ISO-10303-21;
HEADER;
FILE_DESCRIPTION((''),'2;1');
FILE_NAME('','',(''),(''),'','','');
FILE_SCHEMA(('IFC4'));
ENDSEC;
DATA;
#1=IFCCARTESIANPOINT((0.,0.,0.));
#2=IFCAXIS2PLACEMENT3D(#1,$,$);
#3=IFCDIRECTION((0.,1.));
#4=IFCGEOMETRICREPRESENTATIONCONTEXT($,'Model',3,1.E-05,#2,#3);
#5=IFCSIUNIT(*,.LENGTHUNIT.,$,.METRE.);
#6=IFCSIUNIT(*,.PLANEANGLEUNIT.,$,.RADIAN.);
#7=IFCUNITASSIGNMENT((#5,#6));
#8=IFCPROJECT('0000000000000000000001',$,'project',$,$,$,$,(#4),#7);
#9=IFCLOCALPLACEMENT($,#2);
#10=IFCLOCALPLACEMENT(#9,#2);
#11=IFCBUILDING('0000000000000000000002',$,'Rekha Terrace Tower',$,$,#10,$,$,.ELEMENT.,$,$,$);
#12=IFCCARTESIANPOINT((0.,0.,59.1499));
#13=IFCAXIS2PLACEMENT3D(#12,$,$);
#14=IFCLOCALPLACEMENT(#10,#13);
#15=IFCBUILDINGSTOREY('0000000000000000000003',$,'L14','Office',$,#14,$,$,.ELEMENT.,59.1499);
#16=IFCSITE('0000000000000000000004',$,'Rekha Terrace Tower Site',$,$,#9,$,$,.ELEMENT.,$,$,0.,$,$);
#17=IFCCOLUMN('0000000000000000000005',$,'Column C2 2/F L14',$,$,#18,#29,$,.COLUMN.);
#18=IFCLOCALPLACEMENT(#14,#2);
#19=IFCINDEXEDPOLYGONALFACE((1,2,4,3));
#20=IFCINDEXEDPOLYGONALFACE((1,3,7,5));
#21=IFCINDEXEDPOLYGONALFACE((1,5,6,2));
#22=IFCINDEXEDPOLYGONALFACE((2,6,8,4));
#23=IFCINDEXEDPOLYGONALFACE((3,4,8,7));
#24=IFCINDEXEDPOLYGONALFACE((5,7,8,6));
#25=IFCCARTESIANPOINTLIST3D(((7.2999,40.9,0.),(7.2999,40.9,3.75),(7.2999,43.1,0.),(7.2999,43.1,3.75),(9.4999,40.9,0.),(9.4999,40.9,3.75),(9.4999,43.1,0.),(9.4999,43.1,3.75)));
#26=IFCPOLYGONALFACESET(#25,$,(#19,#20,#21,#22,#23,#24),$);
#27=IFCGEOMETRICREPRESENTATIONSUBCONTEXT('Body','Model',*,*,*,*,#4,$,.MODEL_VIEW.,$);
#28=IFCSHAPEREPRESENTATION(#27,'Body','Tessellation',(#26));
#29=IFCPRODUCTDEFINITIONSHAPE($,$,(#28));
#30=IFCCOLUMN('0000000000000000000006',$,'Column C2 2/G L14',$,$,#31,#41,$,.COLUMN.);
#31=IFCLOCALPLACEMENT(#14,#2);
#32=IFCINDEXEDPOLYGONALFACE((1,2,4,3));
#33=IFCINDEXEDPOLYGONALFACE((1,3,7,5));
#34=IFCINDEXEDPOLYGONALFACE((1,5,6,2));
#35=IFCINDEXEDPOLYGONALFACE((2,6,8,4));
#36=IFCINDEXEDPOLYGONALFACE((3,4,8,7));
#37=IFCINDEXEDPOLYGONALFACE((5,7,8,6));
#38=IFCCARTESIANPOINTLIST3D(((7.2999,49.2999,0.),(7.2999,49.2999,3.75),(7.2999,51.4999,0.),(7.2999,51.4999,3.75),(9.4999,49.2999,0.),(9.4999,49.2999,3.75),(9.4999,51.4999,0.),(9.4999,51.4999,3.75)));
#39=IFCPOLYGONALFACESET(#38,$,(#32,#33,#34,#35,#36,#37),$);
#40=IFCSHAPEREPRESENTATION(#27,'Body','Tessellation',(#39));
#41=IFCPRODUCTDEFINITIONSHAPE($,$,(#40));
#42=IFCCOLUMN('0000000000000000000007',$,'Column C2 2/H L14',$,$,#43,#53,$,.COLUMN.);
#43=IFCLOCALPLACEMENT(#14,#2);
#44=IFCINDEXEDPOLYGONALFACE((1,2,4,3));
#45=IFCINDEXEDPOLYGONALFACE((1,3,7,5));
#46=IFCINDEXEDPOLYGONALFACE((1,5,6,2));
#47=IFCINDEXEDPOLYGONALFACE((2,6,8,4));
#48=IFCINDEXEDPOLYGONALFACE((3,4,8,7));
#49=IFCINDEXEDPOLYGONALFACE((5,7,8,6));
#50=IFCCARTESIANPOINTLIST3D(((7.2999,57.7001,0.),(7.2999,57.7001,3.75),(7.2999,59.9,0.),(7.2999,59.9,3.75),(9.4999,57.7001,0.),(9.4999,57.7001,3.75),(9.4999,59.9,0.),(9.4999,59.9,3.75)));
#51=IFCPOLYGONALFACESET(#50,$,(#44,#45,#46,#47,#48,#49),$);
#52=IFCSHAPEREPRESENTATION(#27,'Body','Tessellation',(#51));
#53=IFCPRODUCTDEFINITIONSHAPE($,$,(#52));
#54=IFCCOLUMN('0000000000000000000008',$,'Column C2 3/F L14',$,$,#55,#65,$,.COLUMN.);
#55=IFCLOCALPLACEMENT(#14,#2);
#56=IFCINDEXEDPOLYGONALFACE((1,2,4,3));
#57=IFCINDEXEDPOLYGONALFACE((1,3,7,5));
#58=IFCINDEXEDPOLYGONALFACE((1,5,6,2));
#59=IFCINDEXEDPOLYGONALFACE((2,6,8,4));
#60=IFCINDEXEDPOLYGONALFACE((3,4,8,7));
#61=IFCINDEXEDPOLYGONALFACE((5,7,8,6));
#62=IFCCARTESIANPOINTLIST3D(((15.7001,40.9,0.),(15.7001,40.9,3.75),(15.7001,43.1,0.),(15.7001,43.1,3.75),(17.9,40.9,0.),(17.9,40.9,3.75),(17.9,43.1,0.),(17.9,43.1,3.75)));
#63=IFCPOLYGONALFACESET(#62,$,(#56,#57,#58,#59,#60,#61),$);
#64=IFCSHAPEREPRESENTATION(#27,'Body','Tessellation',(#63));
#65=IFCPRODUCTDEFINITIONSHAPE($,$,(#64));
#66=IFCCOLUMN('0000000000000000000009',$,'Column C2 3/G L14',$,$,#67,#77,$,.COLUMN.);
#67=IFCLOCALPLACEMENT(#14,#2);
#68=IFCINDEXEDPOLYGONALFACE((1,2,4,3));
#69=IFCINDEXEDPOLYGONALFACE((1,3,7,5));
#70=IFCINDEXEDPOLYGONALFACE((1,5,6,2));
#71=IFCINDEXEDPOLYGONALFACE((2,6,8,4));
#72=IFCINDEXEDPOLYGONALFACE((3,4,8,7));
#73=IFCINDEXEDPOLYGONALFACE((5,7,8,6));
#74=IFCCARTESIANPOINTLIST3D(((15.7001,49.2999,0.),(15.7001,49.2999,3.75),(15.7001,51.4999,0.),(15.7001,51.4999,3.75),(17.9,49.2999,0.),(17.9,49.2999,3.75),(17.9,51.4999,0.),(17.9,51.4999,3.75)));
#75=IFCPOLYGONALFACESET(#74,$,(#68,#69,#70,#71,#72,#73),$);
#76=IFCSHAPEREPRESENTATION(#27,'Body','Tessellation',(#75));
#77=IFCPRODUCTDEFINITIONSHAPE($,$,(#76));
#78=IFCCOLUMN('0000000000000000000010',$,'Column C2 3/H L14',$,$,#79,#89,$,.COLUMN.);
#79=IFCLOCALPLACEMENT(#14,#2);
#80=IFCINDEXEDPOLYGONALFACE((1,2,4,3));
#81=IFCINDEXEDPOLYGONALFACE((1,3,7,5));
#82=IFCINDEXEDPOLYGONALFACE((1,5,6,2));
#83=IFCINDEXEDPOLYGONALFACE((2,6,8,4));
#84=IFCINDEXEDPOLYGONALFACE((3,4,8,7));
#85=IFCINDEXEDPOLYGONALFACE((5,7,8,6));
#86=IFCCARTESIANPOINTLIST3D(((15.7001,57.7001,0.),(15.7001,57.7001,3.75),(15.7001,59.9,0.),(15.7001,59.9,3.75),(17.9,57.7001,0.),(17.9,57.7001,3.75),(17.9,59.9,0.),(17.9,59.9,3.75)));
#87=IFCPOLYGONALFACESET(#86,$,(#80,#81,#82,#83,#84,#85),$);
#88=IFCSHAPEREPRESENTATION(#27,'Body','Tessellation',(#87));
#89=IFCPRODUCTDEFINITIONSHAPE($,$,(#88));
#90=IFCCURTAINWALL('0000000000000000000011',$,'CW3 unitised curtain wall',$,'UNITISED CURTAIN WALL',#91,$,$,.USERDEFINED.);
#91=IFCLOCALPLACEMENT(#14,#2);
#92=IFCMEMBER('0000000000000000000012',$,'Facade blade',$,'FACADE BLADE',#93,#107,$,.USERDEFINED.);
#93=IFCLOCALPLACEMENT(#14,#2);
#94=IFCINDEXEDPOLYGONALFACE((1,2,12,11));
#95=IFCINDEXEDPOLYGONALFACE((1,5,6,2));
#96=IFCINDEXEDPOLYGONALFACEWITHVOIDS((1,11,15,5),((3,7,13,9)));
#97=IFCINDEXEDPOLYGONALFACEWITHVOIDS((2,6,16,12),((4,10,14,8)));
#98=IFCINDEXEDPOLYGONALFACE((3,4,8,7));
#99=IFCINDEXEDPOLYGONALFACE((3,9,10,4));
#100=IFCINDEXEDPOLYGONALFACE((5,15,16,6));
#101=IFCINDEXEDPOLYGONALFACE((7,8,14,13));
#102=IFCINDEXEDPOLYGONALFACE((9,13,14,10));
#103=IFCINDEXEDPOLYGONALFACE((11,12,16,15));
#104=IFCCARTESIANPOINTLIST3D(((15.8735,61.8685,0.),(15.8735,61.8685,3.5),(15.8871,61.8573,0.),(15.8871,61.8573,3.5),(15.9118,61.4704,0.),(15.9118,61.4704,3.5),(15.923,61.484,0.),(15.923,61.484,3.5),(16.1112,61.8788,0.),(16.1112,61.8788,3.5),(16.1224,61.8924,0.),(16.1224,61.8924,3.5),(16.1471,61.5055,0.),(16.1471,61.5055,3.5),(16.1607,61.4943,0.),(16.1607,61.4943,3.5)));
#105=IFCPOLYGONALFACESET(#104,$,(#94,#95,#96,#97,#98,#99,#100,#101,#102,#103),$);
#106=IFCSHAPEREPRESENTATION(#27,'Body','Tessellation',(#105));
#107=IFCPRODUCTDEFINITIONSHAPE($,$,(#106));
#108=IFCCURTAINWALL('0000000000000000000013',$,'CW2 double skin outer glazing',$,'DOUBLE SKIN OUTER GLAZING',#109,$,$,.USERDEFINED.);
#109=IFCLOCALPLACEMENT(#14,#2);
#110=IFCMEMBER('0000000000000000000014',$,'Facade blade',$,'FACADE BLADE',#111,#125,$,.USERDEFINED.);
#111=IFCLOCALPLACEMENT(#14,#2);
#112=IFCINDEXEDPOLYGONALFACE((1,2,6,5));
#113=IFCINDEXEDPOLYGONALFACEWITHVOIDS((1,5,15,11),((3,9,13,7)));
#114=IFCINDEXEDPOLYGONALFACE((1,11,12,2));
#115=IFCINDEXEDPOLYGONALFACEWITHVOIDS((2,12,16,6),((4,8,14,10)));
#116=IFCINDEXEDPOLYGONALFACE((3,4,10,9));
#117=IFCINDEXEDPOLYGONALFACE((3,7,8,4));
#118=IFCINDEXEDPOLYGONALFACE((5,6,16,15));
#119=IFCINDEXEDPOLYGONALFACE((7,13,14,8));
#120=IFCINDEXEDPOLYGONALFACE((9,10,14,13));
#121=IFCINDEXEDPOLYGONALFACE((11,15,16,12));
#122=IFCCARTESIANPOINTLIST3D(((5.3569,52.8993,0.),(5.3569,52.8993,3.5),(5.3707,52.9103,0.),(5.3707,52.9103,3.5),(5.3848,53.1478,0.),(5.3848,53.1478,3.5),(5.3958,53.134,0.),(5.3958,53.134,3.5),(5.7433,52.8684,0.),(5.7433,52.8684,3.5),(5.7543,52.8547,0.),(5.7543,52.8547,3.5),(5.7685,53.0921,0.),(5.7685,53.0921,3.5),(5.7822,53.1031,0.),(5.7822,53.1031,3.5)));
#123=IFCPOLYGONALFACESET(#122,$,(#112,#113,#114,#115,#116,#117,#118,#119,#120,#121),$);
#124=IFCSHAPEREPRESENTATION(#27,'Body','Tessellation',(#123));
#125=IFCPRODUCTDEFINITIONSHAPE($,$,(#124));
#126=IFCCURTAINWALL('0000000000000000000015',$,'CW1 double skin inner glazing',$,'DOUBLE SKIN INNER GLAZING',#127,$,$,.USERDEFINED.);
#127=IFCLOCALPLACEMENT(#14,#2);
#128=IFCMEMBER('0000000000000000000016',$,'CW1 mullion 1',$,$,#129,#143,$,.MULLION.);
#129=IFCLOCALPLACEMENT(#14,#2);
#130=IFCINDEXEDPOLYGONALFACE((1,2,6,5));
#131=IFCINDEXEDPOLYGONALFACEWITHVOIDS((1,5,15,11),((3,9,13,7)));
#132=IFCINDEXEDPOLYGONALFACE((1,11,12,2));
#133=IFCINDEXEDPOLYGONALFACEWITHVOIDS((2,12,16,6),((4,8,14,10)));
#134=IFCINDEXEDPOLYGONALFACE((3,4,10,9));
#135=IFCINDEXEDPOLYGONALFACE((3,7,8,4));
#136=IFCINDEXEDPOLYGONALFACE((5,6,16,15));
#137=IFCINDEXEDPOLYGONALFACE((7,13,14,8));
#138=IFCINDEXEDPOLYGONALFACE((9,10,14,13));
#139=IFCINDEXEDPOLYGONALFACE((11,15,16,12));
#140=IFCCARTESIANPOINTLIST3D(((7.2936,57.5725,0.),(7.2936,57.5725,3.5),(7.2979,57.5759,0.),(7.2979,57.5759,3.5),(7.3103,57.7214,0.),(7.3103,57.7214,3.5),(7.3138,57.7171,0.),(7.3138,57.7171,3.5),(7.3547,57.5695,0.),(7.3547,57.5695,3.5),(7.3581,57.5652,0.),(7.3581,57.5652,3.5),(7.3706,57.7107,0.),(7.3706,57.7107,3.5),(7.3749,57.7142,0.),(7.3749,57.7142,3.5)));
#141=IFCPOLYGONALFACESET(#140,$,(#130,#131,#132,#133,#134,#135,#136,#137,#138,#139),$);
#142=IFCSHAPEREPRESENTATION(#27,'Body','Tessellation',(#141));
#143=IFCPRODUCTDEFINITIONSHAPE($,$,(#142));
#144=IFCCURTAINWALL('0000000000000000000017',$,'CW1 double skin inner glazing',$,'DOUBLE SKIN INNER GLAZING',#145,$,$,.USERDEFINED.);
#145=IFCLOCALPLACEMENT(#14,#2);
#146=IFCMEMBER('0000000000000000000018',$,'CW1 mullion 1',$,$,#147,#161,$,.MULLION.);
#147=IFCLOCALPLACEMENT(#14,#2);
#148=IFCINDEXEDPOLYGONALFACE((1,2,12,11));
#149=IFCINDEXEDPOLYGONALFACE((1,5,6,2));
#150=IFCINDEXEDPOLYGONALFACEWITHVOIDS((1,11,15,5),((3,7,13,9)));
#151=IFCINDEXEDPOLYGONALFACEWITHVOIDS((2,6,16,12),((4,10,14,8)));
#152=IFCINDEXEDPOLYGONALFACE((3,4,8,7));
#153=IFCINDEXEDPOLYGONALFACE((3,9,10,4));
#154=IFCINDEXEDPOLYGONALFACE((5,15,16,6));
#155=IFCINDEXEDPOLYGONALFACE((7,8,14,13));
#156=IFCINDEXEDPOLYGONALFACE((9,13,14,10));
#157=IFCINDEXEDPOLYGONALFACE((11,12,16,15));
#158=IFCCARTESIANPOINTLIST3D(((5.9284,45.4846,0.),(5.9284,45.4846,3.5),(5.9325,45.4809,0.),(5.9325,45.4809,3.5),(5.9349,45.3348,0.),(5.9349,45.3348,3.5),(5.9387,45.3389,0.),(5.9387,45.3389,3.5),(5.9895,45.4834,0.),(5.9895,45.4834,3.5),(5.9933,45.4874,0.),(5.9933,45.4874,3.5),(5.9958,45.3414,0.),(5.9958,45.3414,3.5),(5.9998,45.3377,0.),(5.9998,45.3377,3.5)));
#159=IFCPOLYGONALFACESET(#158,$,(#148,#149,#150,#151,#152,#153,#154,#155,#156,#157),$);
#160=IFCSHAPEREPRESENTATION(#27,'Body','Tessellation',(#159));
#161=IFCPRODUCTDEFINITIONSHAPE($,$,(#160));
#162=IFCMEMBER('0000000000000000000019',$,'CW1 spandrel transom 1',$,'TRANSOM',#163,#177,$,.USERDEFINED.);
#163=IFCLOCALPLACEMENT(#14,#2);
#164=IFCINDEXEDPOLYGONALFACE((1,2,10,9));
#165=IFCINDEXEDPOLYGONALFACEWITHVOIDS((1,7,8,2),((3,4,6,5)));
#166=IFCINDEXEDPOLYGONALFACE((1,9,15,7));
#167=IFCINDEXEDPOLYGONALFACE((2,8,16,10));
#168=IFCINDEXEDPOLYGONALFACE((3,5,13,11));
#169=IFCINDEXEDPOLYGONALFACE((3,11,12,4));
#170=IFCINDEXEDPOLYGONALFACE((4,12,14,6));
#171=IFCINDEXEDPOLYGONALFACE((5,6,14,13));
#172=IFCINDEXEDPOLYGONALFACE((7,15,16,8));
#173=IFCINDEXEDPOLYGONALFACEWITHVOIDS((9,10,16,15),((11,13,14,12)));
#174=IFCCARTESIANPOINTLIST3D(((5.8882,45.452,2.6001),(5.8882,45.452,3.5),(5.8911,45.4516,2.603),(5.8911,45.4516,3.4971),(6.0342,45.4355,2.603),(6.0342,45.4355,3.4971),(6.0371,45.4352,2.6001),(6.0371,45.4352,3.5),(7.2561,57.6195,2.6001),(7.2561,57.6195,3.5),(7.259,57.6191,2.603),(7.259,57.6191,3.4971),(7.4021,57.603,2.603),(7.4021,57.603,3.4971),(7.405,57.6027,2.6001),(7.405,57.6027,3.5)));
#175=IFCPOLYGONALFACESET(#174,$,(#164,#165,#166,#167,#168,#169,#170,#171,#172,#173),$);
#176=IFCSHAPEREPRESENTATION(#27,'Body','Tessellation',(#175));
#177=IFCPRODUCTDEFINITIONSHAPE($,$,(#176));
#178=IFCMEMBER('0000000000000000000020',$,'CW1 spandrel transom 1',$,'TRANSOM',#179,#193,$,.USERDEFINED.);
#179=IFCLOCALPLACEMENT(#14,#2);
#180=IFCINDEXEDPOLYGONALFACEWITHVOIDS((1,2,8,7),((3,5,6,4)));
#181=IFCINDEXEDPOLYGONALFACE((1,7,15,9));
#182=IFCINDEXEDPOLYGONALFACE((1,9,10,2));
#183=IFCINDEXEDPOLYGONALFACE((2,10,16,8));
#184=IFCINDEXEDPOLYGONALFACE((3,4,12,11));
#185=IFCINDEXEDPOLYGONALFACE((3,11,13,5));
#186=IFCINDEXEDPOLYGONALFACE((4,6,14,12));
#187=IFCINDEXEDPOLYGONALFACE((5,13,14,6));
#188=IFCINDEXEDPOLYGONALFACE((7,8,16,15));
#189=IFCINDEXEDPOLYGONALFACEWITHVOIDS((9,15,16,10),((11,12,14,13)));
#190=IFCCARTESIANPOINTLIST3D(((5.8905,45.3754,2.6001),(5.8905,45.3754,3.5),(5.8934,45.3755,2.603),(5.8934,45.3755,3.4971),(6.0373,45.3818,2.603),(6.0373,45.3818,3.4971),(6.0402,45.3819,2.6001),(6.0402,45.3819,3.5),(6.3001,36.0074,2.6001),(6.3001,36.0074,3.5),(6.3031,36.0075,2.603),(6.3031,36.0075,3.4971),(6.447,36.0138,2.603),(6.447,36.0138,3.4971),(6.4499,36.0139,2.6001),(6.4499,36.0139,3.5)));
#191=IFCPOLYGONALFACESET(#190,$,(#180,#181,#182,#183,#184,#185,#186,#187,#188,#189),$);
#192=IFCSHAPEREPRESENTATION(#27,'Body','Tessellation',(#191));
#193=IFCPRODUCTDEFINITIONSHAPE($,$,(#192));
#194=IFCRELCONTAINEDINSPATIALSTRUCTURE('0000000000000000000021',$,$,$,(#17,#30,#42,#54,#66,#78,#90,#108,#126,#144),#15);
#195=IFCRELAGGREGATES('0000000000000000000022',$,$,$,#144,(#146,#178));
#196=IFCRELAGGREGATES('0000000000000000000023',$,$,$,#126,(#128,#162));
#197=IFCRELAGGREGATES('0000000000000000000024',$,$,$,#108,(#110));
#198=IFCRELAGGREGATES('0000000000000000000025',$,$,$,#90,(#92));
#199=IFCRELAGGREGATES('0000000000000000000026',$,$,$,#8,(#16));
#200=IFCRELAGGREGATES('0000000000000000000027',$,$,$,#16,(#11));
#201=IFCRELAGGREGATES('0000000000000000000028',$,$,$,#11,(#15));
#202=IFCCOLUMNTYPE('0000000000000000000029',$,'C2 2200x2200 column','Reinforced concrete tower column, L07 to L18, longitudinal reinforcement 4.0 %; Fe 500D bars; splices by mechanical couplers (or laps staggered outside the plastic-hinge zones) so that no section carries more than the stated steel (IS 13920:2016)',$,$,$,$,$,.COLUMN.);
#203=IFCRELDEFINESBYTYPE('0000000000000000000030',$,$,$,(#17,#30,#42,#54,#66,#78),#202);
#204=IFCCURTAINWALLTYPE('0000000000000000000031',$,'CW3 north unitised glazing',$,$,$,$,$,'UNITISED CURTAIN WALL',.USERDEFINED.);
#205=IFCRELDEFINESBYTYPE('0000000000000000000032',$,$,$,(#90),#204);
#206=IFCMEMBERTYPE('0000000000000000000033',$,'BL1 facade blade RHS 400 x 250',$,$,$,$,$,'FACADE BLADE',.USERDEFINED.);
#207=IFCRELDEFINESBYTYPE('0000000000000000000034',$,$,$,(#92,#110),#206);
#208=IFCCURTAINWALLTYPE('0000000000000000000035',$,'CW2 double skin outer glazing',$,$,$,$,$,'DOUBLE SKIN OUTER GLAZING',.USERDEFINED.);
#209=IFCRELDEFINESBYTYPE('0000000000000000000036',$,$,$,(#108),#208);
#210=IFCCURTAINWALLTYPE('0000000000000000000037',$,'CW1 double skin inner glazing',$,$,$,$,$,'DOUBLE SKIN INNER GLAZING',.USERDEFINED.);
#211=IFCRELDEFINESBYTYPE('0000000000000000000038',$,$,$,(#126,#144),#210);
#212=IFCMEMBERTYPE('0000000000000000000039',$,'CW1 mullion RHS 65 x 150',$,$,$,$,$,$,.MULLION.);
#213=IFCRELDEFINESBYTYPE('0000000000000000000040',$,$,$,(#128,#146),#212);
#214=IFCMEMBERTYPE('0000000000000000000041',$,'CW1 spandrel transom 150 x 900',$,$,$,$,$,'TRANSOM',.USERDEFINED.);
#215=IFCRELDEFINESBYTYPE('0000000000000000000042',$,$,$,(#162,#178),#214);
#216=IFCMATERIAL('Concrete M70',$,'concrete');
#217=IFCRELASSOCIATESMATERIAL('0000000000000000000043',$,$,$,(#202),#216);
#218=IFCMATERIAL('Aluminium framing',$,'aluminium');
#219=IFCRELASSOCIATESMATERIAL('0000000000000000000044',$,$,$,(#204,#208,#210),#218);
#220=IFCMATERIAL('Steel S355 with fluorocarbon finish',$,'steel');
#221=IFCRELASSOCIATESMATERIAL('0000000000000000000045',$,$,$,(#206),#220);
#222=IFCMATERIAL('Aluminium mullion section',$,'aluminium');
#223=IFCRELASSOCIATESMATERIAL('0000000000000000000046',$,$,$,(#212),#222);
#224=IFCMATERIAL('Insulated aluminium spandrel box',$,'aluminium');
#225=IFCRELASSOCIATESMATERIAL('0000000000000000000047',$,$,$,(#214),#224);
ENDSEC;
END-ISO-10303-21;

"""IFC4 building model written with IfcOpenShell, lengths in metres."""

from ifc_helpers import new_model, si_unit, direction, frame, origin, origin_2d, place, context, subcontext, project, spatial, rectangle, hollow_rectangle, extrude, material, material_profile, profile_set, type_object, element, aggregate, save


model = new_model("IFC4")

# Units and contexts
model_context = context("Model", 3, precision=1e-05, world=origin(), true_north=direction((0.0, 1.0)))
body_context = subcontext(model_context, "Body", "Model", "MODEL_VIEW")
ifc_project = project(units=[si_unit("LENGTHUNIT", "METRE"), si_unit("PLANEANGLEUNIT", "RADIAN")], contexts=[model_context])

# Site, building, storey
site_placement = place(None, origin())
site = spatial("IfcSite", under=ifc_project, at=site_placement, Name="Rekha Terrace Tower Site", CompositionType="ELEMENT", RefElevation=0.0)
building_placement = place(site_placement, origin())
building = spatial("IfcBuilding", under=site, at=building_placement, Name="Rekha Terrace Tower", CompositionType="ELEMENT")
storey_placement = place(building_placement, frame((0.0, 0.0, 59.1499)))
storey = spatial("IfcBuildingStorey", under=building, at=storey_placement, Name="L14", Description="Office", CompositionType="ELEMENT", Elevation=59.1499)

# Columns
ifc_material_1 = material(Name="Concrete M70", Category="concrete")
ifc_material_profile_1 = material_profile(ifc_material_1, rectangle(XDim=2.2, YDim=2.2, at=origin_2d()), Name="RC 2200x2200")
ifc_profile_set_1 = profile_set([ifc_material_profile_1], Name="Concrete M70")
column_type = type_object("IfcColumnType", Name="C2 2200x2200 column", Description="Reinforced concrete tower column, L07 to L18, longitudinal reinforcement 4.0 %; Fe 500D bars; splices by mechanical couplers (or laps staggered outside the plastic-hinge zones) so that no section carries more than the stated steel (IS 13920:2016)", PredefinedType="COLUMN", material=ifc_profile_set_1)
for number, where, z_axis, x_axis, name in (
    (1, (8.3999, 42.0, 0.0), (0.0, 0.0, 1.0), (1.0, 0.0, 0.0), "Column C2 2/F L14"),
    (2, (8.3999, 50.3999, 0.0), (0.0, 0.0, 1.0), (1.0, 0.0, 0.0), "Column C2 2/G L14"),
    (3, (8.3999, 58.8, 0.0), (0.0, 0.0, 1.0), (1.0, 0.0, 0.0), "Column C2 2/H L14"),
    (4, (16.8, 42.0, 0.0), (0.0, 0.0, 1.0), (1.0, 0.0, 0.0), "Column C2 3/F L14"),
    (5, (16.8, 50.3999, 0.0), (0.0, 0.0, 1.0), (1.0, 0.0, 0.0), "Column C2 3/G L14"),
    (6, (16.8, 58.8, 0.0), (0.0, 0.0, 1.0), (1.0, 0.0, 0.0), "Column C2 3/H L14"),
):
    element("IfcColumn", number, at=place(storey_placement, frame(where, z_axis=z_axis, x_axis=x_axis)), inside=storey, type_object=column_type, Name=name, PredefinedType="COLUMN", context=body_context, shape_type="SweptSolid", body=[
        extrude(rectangle(XDim=2.2, YDim=2.2, at=origin_2d()), origin(), (0.0, 0.0, 1.0), 3.75),
    ])

# Curtain walls, members
ifc_material_2 = material(Name="Aluminium framing", Category="aluminium")
curtain_wall_type_1 = type_object("IfcCurtainWallType", Name="CW3 north unitised glazing", ElementType="UNITISED CURTAIN WALL", PredefinedType="USERDEFINED", material=ifc_material_2)
curtain_wall_1_placement = place(storey_placement, origin())
curtain_wall_1 = element("IfcCurtainWall", 7, at=curtain_wall_1_placement, inside=storey, type_object=curtain_wall_type_1, Name="CW3 unitised curtain wall", ObjectType="UNITISED CURTAIN WALL", PredefinedType="USERDEFINED")
ifc_material_3 = material(Name="Steel S355 with fluorocarbon finish", Category="steel")
ifc_material_profile_2 = material_profile(ifc_material_3, hollow_rectangle(XDim=0.25, YDim=0.3999, WallThickness=0.0125, at=origin_2d()), Name="RHS400x250x12.5")
ifc_profile_set_2 = profile_set([ifc_material_profile_2], Name="Steel S355 with fluorocarbon finish")
member_type_1 = type_object("IfcMemberType", Name="BL1 facade blade RHS 400 x 250", ElementType="FACADE BLADE", PredefinedType="USERDEFINED", material=ifc_profile_set_2)
member_1_placement = place(storey_placement, frame((16.0171, 61.6814, 0.0), z_axis=(0.0, 0.0, 1.0), x_axis=(-0.995409, -0.095712, 0.0)))
member_1 = element("IfcMember", 8, at=member_1_placement, type_object=member_type_1, Name="Facade blade", ObjectType="FACADE BLADE", PredefinedType="USERDEFINED", context=body_context, shape_type="SweptSolid", body=[
    extrude(hollow_rectangle(XDim=0.25, YDim=0.3999, WallThickness=0.0125, at=origin_2d()), origin(), (0.0, 0.0, 1.0), 3.5),
])
curtain_wall_type_2 = type_object("IfcCurtainWallType", Name="CW2 double skin outer glazing", ElementType="DOUBLE SKIN OUTER GLAZING", PredefinedType="USERDEFINED", material=ifc_material_2)
curtain_wall_2_placement = place(storey_placement, origin())
curtain_wall_2 = element("IfcCurtainWall", 9, at=curtain_wall_2_placement, inside=storey, type_object=curtain_wall_type_2, Name="CW2 double skin outer glazing", ObjectType="DOUBLE SKIN OUTER GLAZING", PredefinedType="USERDEFINED")
member_2_placement = place(storey_placement, frame((5.5696, 53.0012, 0.0), z_axis=(0.0, 0.0, 1.0), x_axis=(-0.111729, -0.993739, 0.0)))
member_2 = element("IfcMember", 10, at=member_2_placement, type_object=member_type_1, Name="Facade blade", ObjectType="FACADE BLADE", PredefinedType="USERDEFINED", context=body_context, shape_type="SweptSolid", body=[
    extrude(hollow_rectangle(XDim=0.25, YDim=0.3999, WallThickness=0.0125, at=origin_2d()), origin(), (0.0, 0.0, 1.0), 3.5),
])
curtain_wall_type_3 = type_object("IfcCurtainWallType", Name="CW1 double skin inner glazing", ElementType="DOUBLE SKIN INNER GLAZING", PredefinedType="USERDEFINED", material=ifc_material_2)
curtain_wall_3_placement = place(storey_placement, origin())
curtain_wall_3 = element("IfcCurtainWall", 11, at=curtain_wall_3_placement, inside=storey, type_object=curtain_wall_type_3, Name="CW1 double skin inner glazing", ObjectType="DOUBLE SKIN INNER GLAZING", PredefinedType="USERDEFINED")
ifc_material_4 = material(Name="Aluminium mullion section", Category="aluminium")
ifc_material_profile_3 = material_profile(ifc_material_4, hollow_rectangle(XDim=0.0649, YDim=0.1499, WallThickness=0.0039, at=origin_2d()), Name="AL RHS 65x150")
ifc_profile_set_3 = profile_set([ifc_material_profile_3], Name="Aluminium mullion section")
member_type_2 = type_object("IfcMemberType", Name="CW1 mullion RHS 65 x 150", PredefinedType="MULLION", material=ifc_profile_set_3)
member_3_placement = place(storey_placement, frame((7.3342, 57.6433, 0.0), z_axis=(0.0, 0.0, 1.0), x_axis=(0.993739, -0.11173, 0.0)))
member_3 = element("IfcMember", 12, at=member_3_placement, type_object=member_type_2, Name="CW1 mullion 1", PredefinedType="MULLION", context=body_context, shape_type="SweptSolid", body=[
    extrude(hollow_rectangle(XDim=0.0649, YDim=0.1499, WallThickness=0.0039, at=origin_2d()), origin(), (0.0, 0.0, 1.0), 3.5),
])
curtain_wall_4_placement = place(storey_placement, origin())
curtain_wall_4 = element("IfcCurtainWall", 13, at=curtain_wall_4_placement, inside=storey, type_object=curtain_wall_type_3, Name="CW1 double skin inner glazing", ObjectType="DOUBLE SKIN INNER GLAZING", PredefinedType="USERDEFINED")
member_4_placement = place(storey_placement, frame((5.9641, 45.4111, 0.0), z_axis=(0.0, 0.0, 1.0), x_axis=(0.999045, 0.043683, 0.0)))
member_4 = element("IfcMember", 14, at=member_4_placement, type_object=member_type_2, Name="CW1 mullion 1", PredefinedType="MULLION", context=body_context, shape_type="SweptSolid", body=[
    extrude(hollow_rectangle(XDim=0.0649, YDim=0.1499, WallThickness=0.0039, at=origin_2d()), origin(), (0.0, 0.0, 1.0), 3.5),
])

# Members
ifc_material_5 = material(Name="Insulated aluminium spandrel box", Category="aluminium")
ifc_material_profile_4 = material_profile(ifc_material_5, hollow_rectangle(XDim=0.1499, YDim=0.8999, WallThickness=0.0029, at=origin_2d()), Name="AL SPANDREL BOX 150x900")
ifc_profile_set_4 = profile_set([ifc_material_profile_4], Name="Insulated aluminium spandrel box")
member_type_3 = type_object("IfcMemberType", Name="CW1 spandrel transom 150 x 900", ElementType="TRANSOM", PredefinedType="USERDEFINED", material=ifc_profile_set_4)
member_5_placement = place(storey_placement, frame((7.3306, 57.6111, 3.05), z_axis=(-0.11172, -0.99374, 0.0), x_axis=(0.99374, -0.11172, 0.0)))
member_5 = element("IfcMember", 15, at=member_5_placement, type_object=member_type_3, Name="CW1 spandrel transom 1", ObjectType="TRANSOM", PredefinedType="USERDEFINED", context=body_context, shape_type="SweptSolid", body=[
    extrude(hollow_rectangle(XDim=0.1499, YDim=0.8999, WallThickness=0.0029, at=origin_2d()), origin(), (0.0, 0.0, 1.0), 12.2441),
])
member_6_placement = place(storey_placement, frame((5.9653, 45.3787, 3.05), z_axis=(0.043689, -0.999045, 0.0), x_axis=(0.999045, 0.043689, 0.0)))
member_6 = element("IfcMember", 16, at=member_6_placement, type_object=member_type_3, Name="CW1 spandrel transom 1", ObjectType="TRANSOM", PredefinedType="USERDEFINED", context=body_context, shape_type="SweptSolid", body=[
    extrude(hollow_rectangle(XDim=0.1499, YDim=0.8999, WallThickness=0.0029, at=origin_2d()), origin(), (0.0, 0.0, 1.0), 9.377),
])
aggregate(curtain_wall_4, [member_4, member_6])

aggregate(curtain_wall_3, [member_3, member_5])
aggregate(curtain_wall_2, [member_2])
aggregate(curtain_wall_1, [member_1])

save(model, "model.ifc")
